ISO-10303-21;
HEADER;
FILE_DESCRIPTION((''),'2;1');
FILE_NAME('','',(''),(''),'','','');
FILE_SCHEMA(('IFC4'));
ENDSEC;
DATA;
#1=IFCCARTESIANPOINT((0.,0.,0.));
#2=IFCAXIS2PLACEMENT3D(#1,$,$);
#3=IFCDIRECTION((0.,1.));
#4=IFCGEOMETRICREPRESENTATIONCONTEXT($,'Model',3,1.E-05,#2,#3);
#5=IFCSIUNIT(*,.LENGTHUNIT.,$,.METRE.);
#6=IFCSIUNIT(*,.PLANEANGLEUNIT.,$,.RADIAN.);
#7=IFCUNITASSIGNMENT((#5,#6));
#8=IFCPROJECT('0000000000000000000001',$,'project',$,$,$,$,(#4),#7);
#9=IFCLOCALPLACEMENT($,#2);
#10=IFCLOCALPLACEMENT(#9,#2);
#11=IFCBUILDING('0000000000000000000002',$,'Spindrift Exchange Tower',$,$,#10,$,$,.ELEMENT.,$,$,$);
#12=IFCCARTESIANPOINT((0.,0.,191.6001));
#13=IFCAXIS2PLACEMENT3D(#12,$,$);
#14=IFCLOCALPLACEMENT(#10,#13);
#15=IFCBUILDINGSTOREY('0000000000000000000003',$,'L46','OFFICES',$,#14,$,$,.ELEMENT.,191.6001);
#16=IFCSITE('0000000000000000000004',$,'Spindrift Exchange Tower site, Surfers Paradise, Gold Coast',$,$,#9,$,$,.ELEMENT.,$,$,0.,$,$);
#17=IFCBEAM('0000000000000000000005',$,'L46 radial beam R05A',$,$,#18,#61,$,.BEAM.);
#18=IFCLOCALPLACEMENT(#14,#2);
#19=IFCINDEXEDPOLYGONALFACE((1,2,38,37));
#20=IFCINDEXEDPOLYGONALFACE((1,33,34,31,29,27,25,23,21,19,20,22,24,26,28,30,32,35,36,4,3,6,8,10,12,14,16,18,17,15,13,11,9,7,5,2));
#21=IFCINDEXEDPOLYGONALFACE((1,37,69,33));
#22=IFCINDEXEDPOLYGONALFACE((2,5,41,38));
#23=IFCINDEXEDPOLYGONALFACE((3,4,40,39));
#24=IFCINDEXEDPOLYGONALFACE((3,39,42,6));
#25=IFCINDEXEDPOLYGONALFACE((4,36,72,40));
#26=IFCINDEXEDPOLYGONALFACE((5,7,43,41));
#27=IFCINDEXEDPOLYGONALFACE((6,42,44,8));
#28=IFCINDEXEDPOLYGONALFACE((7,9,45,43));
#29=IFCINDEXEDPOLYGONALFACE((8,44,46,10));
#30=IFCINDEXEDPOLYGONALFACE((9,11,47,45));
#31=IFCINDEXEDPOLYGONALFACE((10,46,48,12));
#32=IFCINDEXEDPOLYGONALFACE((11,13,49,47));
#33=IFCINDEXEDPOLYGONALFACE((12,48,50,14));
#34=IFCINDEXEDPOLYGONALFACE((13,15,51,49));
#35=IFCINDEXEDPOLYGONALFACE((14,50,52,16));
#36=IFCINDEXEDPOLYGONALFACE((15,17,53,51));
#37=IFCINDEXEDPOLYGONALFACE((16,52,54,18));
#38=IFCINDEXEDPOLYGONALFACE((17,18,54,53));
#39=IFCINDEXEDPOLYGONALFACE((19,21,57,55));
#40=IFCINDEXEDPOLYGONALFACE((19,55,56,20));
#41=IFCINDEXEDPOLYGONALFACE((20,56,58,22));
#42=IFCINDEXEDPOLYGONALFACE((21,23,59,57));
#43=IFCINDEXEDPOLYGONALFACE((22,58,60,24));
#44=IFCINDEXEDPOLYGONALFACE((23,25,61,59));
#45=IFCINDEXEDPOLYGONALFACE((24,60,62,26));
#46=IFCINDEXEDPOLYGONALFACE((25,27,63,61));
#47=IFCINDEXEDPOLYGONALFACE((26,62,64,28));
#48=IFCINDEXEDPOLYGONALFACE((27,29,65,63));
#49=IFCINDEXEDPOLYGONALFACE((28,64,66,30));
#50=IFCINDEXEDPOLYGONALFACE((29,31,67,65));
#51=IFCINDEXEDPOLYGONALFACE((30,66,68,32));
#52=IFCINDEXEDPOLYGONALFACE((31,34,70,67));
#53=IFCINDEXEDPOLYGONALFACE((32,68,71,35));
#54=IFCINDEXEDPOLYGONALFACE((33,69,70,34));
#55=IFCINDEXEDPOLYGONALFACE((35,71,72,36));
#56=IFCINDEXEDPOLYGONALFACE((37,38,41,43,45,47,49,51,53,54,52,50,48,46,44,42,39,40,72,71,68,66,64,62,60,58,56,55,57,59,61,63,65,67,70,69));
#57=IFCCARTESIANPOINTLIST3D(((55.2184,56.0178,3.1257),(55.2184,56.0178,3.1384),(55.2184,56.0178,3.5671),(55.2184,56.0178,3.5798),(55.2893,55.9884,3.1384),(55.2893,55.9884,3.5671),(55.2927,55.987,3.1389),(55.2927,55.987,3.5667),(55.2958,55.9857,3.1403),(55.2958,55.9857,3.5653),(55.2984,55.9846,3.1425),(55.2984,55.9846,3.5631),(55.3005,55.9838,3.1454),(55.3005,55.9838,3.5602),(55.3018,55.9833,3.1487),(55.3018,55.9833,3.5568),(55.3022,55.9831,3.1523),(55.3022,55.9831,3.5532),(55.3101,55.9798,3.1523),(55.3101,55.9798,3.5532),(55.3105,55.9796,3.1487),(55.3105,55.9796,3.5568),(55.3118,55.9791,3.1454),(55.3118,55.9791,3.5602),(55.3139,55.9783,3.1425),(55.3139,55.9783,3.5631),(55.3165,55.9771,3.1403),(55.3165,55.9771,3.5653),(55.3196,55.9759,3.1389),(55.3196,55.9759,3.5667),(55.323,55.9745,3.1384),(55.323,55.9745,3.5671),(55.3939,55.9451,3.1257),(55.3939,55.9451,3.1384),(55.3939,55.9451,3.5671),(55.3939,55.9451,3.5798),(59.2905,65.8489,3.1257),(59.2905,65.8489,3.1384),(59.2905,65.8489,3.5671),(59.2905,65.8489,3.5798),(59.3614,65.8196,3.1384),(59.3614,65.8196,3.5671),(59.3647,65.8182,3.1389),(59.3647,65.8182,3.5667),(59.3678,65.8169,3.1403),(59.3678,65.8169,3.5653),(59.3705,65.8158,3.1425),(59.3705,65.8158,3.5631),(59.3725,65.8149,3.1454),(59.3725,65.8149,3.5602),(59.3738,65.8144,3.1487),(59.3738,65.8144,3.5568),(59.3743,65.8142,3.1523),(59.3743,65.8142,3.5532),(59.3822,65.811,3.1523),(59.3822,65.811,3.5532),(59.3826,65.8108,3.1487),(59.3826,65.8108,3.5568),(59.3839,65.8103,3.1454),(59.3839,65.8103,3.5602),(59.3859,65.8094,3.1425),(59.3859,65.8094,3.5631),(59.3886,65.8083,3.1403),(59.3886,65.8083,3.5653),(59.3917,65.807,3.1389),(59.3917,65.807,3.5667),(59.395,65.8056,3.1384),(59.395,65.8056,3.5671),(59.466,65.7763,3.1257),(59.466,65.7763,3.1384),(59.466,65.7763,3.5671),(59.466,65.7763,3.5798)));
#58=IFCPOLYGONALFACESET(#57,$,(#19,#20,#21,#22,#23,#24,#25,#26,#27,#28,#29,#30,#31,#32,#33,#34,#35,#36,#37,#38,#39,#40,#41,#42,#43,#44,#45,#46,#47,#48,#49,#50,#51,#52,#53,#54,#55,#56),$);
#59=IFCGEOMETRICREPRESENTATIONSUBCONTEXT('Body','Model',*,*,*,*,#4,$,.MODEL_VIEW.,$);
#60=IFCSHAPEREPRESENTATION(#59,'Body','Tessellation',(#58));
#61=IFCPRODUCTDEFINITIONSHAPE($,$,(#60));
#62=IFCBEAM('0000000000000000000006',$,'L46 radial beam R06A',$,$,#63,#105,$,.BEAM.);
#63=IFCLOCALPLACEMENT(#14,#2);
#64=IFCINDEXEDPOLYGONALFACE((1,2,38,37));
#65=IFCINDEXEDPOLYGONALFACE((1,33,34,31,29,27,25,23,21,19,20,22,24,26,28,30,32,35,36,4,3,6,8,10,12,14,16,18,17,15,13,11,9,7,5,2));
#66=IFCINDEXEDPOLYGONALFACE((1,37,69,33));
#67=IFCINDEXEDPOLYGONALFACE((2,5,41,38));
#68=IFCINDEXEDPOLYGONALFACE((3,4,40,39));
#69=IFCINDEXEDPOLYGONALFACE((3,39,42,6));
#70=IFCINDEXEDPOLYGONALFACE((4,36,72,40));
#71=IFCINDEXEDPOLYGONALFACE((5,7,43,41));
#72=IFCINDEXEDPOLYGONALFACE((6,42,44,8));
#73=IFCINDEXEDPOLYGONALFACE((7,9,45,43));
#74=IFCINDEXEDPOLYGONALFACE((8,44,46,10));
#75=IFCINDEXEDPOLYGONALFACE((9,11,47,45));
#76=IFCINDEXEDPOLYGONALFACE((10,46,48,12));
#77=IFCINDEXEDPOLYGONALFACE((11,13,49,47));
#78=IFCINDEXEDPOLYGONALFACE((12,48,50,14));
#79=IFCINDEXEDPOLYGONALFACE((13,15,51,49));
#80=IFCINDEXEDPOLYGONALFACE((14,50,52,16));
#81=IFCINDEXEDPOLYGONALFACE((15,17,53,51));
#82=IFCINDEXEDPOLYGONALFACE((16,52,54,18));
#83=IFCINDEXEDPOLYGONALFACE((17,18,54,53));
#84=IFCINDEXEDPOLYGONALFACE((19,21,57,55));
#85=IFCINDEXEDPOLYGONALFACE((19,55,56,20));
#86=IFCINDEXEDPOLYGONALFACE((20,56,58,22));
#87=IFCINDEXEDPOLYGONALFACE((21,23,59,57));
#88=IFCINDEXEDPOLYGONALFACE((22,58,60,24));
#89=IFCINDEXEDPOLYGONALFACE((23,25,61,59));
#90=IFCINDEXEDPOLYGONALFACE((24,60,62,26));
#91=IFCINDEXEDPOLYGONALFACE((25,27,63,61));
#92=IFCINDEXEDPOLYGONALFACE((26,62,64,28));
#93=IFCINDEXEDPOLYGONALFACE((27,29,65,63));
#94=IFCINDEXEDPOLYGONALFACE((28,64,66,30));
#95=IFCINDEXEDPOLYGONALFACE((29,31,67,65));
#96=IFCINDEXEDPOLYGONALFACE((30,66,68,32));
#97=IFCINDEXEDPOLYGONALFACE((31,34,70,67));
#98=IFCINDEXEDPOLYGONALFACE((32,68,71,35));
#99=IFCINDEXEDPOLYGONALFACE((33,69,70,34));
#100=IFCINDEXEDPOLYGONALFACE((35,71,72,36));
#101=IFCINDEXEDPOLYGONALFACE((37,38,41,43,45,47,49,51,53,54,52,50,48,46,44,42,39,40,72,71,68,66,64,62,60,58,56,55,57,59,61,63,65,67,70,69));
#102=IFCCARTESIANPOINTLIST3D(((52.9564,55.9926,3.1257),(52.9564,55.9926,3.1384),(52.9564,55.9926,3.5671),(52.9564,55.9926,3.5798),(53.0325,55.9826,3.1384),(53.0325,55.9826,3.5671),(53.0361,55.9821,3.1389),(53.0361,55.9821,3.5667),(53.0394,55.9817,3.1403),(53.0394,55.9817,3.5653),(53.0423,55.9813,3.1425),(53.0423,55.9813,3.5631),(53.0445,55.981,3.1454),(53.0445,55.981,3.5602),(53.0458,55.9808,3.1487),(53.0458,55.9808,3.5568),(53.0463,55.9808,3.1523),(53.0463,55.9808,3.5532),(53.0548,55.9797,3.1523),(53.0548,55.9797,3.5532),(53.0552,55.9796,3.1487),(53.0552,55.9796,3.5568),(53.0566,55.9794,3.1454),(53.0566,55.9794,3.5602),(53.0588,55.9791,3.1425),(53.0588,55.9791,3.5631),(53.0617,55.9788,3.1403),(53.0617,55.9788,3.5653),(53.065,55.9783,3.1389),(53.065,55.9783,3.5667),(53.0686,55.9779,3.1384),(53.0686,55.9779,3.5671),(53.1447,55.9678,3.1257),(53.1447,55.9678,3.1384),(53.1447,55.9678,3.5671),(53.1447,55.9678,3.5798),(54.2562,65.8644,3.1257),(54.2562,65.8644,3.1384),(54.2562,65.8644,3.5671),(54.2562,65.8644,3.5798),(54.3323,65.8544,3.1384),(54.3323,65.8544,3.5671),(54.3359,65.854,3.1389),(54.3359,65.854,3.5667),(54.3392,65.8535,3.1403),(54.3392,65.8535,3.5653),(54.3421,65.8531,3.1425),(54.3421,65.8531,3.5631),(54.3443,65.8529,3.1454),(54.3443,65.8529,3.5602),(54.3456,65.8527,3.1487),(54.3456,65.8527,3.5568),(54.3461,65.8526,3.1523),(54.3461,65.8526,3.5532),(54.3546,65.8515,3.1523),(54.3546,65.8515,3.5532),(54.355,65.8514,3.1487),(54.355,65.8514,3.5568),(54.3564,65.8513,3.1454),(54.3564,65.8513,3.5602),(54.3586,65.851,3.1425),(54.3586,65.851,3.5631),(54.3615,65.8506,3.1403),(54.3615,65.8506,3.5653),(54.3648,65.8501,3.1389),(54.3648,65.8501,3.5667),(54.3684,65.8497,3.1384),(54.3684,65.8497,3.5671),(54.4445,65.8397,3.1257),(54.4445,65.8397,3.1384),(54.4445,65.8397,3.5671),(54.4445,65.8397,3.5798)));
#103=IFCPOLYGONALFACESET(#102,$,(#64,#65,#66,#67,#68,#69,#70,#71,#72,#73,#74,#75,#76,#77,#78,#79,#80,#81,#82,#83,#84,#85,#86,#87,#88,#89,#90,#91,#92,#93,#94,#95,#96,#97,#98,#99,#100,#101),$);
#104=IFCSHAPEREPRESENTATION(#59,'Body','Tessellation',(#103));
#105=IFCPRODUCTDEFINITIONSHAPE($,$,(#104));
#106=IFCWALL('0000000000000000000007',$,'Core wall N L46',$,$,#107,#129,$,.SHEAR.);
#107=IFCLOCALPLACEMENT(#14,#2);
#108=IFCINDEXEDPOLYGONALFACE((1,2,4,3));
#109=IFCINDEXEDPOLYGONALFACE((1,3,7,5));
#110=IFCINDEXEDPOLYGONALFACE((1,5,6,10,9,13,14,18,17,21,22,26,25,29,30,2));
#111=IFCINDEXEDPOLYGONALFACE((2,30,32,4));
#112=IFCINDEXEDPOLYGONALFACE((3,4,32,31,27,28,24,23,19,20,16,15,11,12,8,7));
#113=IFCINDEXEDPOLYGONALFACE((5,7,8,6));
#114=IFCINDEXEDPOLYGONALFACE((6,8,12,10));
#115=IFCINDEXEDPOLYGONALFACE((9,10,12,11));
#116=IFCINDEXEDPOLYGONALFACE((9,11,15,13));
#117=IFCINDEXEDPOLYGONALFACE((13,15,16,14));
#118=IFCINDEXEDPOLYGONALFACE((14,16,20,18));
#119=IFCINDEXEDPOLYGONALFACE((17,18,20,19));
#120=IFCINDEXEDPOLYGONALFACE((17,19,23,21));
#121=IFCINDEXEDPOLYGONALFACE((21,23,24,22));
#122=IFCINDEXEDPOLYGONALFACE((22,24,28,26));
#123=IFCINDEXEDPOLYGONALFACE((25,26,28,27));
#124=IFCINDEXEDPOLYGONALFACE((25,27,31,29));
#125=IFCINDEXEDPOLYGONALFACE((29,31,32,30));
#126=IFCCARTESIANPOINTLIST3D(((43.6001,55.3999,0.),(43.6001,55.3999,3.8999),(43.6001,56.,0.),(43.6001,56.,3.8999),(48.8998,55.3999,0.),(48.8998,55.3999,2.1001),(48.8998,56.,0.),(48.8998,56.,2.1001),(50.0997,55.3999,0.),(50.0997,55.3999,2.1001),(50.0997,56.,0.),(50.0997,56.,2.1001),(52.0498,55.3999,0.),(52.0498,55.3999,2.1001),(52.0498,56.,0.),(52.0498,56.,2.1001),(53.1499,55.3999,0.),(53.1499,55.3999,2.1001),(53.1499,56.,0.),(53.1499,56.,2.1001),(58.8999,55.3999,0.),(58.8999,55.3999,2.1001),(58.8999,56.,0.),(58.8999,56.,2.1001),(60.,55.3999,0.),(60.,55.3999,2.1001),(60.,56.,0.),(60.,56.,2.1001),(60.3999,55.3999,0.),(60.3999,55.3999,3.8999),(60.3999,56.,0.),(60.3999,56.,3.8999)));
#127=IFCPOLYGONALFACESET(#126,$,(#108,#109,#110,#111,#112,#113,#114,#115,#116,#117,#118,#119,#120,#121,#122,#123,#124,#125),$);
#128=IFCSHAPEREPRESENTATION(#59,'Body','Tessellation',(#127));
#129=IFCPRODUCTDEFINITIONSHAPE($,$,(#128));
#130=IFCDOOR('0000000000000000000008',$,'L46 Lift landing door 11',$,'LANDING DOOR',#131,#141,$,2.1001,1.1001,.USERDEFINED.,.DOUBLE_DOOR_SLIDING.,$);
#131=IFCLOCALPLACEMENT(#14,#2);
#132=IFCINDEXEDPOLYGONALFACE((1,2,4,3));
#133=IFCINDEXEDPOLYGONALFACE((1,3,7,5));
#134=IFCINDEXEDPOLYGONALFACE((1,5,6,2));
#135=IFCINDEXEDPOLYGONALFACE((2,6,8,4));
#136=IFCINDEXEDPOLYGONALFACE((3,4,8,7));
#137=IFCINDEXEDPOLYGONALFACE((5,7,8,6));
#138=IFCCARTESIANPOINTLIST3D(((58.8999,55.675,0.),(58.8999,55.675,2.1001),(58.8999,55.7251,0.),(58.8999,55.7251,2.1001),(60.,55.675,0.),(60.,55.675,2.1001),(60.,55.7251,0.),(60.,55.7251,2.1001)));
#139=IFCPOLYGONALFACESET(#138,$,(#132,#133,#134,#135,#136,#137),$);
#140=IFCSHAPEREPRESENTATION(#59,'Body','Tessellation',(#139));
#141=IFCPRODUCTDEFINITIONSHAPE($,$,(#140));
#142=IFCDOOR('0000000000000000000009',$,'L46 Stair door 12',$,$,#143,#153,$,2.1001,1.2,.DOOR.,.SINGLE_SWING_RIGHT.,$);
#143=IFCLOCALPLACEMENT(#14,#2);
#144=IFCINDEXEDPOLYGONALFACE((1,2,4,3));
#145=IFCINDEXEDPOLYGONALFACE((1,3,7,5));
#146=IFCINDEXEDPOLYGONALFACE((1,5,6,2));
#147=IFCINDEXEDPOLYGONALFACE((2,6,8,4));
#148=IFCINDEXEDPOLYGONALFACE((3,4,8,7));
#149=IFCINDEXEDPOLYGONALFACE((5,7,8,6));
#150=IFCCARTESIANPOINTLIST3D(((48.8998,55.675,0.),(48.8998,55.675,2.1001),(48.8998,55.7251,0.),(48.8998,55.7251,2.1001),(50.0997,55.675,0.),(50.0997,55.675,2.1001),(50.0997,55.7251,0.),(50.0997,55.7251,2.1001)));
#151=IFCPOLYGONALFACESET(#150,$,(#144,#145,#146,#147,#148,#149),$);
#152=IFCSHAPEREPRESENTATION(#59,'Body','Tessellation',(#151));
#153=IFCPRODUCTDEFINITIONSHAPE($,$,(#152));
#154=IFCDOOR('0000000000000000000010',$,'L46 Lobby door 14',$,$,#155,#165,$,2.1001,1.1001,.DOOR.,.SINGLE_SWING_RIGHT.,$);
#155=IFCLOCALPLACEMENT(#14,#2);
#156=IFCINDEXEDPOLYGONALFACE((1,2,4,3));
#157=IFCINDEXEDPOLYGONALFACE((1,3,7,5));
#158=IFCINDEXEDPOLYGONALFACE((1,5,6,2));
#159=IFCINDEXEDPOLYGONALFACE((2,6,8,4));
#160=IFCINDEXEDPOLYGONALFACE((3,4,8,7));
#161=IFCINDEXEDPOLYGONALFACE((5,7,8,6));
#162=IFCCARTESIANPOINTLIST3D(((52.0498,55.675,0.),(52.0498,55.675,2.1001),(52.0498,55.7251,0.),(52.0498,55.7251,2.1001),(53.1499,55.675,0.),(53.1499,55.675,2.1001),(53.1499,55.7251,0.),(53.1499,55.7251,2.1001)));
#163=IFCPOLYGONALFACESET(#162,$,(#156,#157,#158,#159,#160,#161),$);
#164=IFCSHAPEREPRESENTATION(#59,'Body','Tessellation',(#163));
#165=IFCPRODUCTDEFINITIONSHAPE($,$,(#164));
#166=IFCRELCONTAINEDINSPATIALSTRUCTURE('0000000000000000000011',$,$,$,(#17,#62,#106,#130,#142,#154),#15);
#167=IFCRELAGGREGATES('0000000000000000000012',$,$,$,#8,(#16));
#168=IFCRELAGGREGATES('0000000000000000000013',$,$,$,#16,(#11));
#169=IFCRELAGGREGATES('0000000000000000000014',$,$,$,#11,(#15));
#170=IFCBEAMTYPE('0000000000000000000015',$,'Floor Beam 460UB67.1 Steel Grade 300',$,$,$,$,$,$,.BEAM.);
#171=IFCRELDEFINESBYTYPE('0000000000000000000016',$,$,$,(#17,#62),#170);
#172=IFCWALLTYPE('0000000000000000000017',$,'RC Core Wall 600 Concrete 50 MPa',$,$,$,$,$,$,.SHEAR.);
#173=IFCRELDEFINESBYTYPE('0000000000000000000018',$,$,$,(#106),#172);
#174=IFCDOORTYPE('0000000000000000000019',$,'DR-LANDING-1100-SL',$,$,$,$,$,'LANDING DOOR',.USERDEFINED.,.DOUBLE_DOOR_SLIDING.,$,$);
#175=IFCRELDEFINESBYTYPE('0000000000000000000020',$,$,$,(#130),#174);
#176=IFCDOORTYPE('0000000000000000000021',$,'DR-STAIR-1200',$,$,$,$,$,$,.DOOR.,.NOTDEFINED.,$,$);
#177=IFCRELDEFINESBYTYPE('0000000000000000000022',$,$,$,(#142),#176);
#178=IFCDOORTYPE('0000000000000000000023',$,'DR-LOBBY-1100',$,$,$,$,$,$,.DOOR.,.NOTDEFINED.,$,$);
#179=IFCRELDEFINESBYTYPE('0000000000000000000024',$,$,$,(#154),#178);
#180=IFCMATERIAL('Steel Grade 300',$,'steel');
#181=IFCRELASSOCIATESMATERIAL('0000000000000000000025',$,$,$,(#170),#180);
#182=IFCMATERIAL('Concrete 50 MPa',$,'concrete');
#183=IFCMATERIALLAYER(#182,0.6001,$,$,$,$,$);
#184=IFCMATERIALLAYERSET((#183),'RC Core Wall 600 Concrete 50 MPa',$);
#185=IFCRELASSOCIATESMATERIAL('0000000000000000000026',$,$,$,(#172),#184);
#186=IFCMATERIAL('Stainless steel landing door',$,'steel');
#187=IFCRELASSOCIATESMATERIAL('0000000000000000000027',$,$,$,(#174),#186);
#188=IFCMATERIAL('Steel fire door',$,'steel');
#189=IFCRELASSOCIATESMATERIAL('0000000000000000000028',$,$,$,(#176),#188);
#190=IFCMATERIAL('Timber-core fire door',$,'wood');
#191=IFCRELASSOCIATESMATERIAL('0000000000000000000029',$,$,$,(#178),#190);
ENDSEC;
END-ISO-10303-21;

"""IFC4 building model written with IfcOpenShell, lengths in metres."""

from ifc_helpers import new_model, si_unit, direction, frame, frame_2d, origin, origin_2d, place, context, subcontext, project, spatial, rectangle, i_section, extrude, source, transform, mapped, material, layer, layer_set, material_profile, profile_set, type_object, element, fill, save


model = new_model("IFC4")

# Units and contexts
model_context = context("Model", 3, precision=1e-05, world=origin(), true_north=direction((0.0, 1.0)))
body_context = subcontext(model_context, "Body", "Model", "MODEL_VIEW")
ifc_project = project(units=[si_unit("LENGTHUNIT", "METRE"), si_unit("PLANEANGLEUNIT", "RADIAN")], contexts=[model_context])

# Site, building, storey
site_placement = place(None, origin())
site = spatial("IfcSite", under=ifc_project, at=site_placement, Name="Spindrift Exchange Tower site, Surfers Paradise, Gold Coast", CompositionType="ELEMENT", RefElevation=0.0)
building_placement = place(site_placement, origin())
building = spatial("IfcBuilding", under=site, at=building_placement, Name="Spindrift Exchange Tower", CompositionType="ELEMENT")
storey_placement = place(building_placement, frame((0.0, 0.0, 191.6001)))
storey = spatial("IfcBuildingStorey", under=building, at=storey_placement, Name="L46", Description="OFFICES", CompositionType="ELEMENT", Elevation=191.6001)

# Beams
ifc_material_1 = material(Name="Steel Grade 300", Category="steel")
ifc_material_profile_1 = material_profile(ifc_material_1, i_section(OverallWidth=0.1899, OverallDepth=0.4541, WebThickness=0.0085, FlangeThickness=0.0127, FilletRadius=0.0139, at=origin_2d()), Name="460UB67.1")
ifc_profile_set_1 = profile_set([ifc_material_profile_1], Name="Steel Grade 300")
beam_type_1 = type_object("IfcBeamType", Name="Floor Beam 460UB67.1 Steel Grade 300", PredefinedType="BEAM", material=ifc_profile_set_1)
shared_shape_1 = source(origin(), body_context, "Body", "SweptSolid", [
    extrude(i_section(OverallWidth=0.1899, OverallDepth=0.4541, WebThickness=0.0085, FlangeThickness=0.0127, FilletRadius=0.0139, at=origin_2d()), origin(), (0.0, 0.0, 1.0), 10.6411),
])
beam_1_placement = place(storey_placement, frame((55.3062, 55.9814, 3.3528), z_axis=(0.382673, 0.923884, 0.0), x_axis=(-0.923884, 0.382673, 0.0)))
element("IfcBeam", 1, at=beam_1_placement, inside=storey, type_object=beam_type_1, Name="L46 radial beam R05A", PredefinedType="BEAM", context=body_context, shape_type="MappedRepresentation", body=[
    mapped(shared_shape_1, transform((0.0, 0.0, 0.0), scale=1.0)),
])
shared_shape_2 = source(origin(), body_context, "Body", "SweptSolid", [
    extrude(i_section(OverallWidth=0.1899, OverallDepth=0.4541, WebThickness=0.0085, FlangeThickness=0.0127, FilletRadius=0.0139, at=origin_2d()), origin(), (0.0, 0.0, 1.0), 9.957),
])
beam_2_placement = place(storey_placement, frame((53.0505, 55.9802, 3.3528), z_axis=(0.130541, 0.991443, 0.0), x_axis=(-0.991443, 0.130541, 0.0)))
element("IfcBeam", 2, at=beam_2_placement, inside=storey, type_object=beam_type_1, Name="L46 radial beam R06A", PredefinedType="BEAM", context=body_context, shape_type="MappedRepresentation", body=[
    mapped(shared_shape_2, transform((0.0, 0.0, 0.0), scale=1.0)),
])

# Wall, openings, doors
ifc_material_2 = material(Name="Concrete 50 MPa", Category="concrete")
ifc_layer_1 = layer(ifc_material_2, 0.6001)
ifc_layer_set_1 = layer_set([ifc_layer_1], Name="RC Core Wall 600 Concrete 50 MPa")
wall_type_1 = type_object("IfcWallType", Name="RC Core Wall 600 Concrete 50 MPa", PredefinedType="SHEAR", material=ifc_layer_set_1)
wall_1_placement = place(storey_placement, frame((60.3999, 55.7, 0.0), z_axis=(0.0, 0.0, 1.0), x_axis=(-1.0, 0.0, 0.0)))
wall_1 = element("IfcWall", 3, at=wall_1_placement, inside=storey, type_object=wall_type_1, Name="Core wall N L46", PredefinedType="SHEAR", context=body_context, shape_type="SweptSolid", body=[
    extrude(rectangle(XDim=16.7998, YDim=0.6001, at=frame_2d((8.3999, 0.0))), origin(), (0.0, 0.0, 1.0), 3.8999),
])
opening_1_placement = place(wall_1_placement, frame((0.3999, 0.0, 0.0)))
opening_1 = element("IfcOpeningElement", 4, at=opening_1_placement, cuts=wall_1, PredefinedType="OPENING", context=body_context, shape_type="SweptSolid", body=[
    extrude(rectangle(XDim=1.1001, YDim=2.1001, at=frame_2d((0.55, 1.05))), frame((0.0, 0.3101, 0.0), z_axis=(0.0, -1.0, 0.0), x_axis=(1.0, 0.0, 0.0)), (0.0, 0.0, 1.0), 0.6201),
])
opening_2_placement = place(wall_1_placement, frame((10.3, 0.0, 0.0)))
opening_2 = element("IfcOpeningElement", 5, at=opening_2_placement, cuts=wall_1, PredefinedType="OPENING", context=body_context, shape_type="SweptSolid", body=[
    extrude(rectangle(XDim=1.2, YDim=2.1001, at=frame_2d((0.6001, 1.05))), frame((0.0, 0.3101, 0.0), z_axis=(0.0, -1.0, 0.0), x_axis=(1.0, 0.0, 0.0)), (0.0, 0.0, 1.0), 0.6201),
])
opening_3_placement = place(wall_1_placement, frame((7.25, 0.0, 0.0)))
opening_3 = element("IfcOpeningElement", 6, at=opening_3_placement, cuts=wall_1, PredefinedType="OPENING", context=body_context, shape_type="SweptSolid", body=[
    extrude(rectangle(XDim=1.1001, YDim=2.1001, at=frame_2d((0.55, 1.05))), frame((0.0, 0.3101, 0.0), z_axis=(0.0, -1.0, 0.0), x_axis=(1.0, 0.0, 0.0)), (0.0, 0.0, 1.0), 0.6201),
])
ifc_material_3 = material(Name="Stainless steel landing door", Category="steel")
door_type_1 = type_object("IfcDoorType", Name="DR-LANDING-1100-SL", ElementType="LANDING DOOR", OperationType="DOUBLE_DOOR_SLIDING", PredefinedType="USERDEFINED", material=ifc_material_3)
shared_shape_3 = source(origin(), body_context, "Body", "SweptSolid", [
    extrude(rectangle(XDim=1.1001, YDim=2.1001, at=frame_2d((0.55, 1.05))), frame((0.0, 0.0249, 0.0), z_axis=(0.0, -1.0, 0.0), x_axis=(1.0, 0.0, 0.0)), (0.0, 0.0, 1.0), 0.05),
])
door_1_placement = place(opening_1_placement, origin())
door_1 = element("IfcDoor", 7, at=door_1_placement, inside=storey, type_object=door_type_1, Name="L46 Lift landing door 11", ObjectType="LANDING DOOR", OperationType="DOUBLE_DOOR_SLIDING", OverallHeight=2.1001, OverallWidth=1.1001, PredefinedType="USERDEFINED", context=body_context, shape_type="MappedRepresentation", body=[
    mapped(shared_shape_3, transform((0.0, 0.0, 0.0), scale=1.0)),
])
fill(opening_1, door_1)
ifc_material_4 = material(Name="Steel fire door", Category="steel")
door_type_2 = type_object("IfcDoorType", Name="DR-STAIR-1200", OperationType="NOTDEFINED", PredefinedType="DOOR", material=ifc_material_4)
shared_shape_4 = source(origin(), body_context, "Body", "SweptSolid", [
    extrude(rectangle(XDim=1.2, YDim=2.1001, at=frame_2d((0.6001, 1.05))), frame((0.0, 0.0249, 0.0), z_axis=(0.0, -1.0, 0.0), x_axis=(1.0, 0.0, 0.0)), (0.0, 0.0, 1.0), 0.05),
])
door_2_placement = place(opening_2_placement, origin())
door_2 = element("IfcDoor", 8, at=door_2_placement, inside=storey, type_object=door_type_2, Name="L46 Stair door 12", OperationType="SINGLE_SWING_RIGHT", OverallHeight=2.1001, OverallWidth=1.2, PredefinedType="DOOR", context=body_context, shape_type="MappedRepresentation", body=[
    mapped(shared_shape_4, transform((0.0, 0.0, 0.0), scale=1.0)),
])
fill(opening_2, door_2)
ifc_material_5 = material(Name="Timber-core fire door", Category="wood")
door_type_3 = type_object("IfcDoorType", Name="DR-LOBBY-1100", OperationType="NOTDEFINED", PredefinedType="DOOR", material=ifc_material_5)
shared_shape_5 = source(origin(), body_context, "Body", "SweptSolid", [
    extrude(rectangle(XDim=1.1001, YDim=2.1001, at=frame_2d((0.55, 1.05))), frame((0.0, 0.0249, 0.0), z_axis=(0.0, -1.0, 0.0), x_axis=(1.0, 0.0, 0.0)), (0.0, 0.0, 1.0), 0.05),
])
door_3_placement = place(opening_3_placement, origin())
door_3 = element("IfcDoor", 9, at=door_3_placement, inside=storey, type_object=door_type_3, Name="L46 Lobby door 14", OperationType="SINGLE_SWING_RIGHT", OverallHeight=2.1001, OverallWidth=1.1001, PredefinedType="DOOR", context=body_context, shape_type="MappedRepresentation", body=[
    mapped(shared_shape_5, transform((0.0, 0.0, 0.0), scale=1.0)),
])
fill(opening_3, door_3)

save(model, "model.ifc")
